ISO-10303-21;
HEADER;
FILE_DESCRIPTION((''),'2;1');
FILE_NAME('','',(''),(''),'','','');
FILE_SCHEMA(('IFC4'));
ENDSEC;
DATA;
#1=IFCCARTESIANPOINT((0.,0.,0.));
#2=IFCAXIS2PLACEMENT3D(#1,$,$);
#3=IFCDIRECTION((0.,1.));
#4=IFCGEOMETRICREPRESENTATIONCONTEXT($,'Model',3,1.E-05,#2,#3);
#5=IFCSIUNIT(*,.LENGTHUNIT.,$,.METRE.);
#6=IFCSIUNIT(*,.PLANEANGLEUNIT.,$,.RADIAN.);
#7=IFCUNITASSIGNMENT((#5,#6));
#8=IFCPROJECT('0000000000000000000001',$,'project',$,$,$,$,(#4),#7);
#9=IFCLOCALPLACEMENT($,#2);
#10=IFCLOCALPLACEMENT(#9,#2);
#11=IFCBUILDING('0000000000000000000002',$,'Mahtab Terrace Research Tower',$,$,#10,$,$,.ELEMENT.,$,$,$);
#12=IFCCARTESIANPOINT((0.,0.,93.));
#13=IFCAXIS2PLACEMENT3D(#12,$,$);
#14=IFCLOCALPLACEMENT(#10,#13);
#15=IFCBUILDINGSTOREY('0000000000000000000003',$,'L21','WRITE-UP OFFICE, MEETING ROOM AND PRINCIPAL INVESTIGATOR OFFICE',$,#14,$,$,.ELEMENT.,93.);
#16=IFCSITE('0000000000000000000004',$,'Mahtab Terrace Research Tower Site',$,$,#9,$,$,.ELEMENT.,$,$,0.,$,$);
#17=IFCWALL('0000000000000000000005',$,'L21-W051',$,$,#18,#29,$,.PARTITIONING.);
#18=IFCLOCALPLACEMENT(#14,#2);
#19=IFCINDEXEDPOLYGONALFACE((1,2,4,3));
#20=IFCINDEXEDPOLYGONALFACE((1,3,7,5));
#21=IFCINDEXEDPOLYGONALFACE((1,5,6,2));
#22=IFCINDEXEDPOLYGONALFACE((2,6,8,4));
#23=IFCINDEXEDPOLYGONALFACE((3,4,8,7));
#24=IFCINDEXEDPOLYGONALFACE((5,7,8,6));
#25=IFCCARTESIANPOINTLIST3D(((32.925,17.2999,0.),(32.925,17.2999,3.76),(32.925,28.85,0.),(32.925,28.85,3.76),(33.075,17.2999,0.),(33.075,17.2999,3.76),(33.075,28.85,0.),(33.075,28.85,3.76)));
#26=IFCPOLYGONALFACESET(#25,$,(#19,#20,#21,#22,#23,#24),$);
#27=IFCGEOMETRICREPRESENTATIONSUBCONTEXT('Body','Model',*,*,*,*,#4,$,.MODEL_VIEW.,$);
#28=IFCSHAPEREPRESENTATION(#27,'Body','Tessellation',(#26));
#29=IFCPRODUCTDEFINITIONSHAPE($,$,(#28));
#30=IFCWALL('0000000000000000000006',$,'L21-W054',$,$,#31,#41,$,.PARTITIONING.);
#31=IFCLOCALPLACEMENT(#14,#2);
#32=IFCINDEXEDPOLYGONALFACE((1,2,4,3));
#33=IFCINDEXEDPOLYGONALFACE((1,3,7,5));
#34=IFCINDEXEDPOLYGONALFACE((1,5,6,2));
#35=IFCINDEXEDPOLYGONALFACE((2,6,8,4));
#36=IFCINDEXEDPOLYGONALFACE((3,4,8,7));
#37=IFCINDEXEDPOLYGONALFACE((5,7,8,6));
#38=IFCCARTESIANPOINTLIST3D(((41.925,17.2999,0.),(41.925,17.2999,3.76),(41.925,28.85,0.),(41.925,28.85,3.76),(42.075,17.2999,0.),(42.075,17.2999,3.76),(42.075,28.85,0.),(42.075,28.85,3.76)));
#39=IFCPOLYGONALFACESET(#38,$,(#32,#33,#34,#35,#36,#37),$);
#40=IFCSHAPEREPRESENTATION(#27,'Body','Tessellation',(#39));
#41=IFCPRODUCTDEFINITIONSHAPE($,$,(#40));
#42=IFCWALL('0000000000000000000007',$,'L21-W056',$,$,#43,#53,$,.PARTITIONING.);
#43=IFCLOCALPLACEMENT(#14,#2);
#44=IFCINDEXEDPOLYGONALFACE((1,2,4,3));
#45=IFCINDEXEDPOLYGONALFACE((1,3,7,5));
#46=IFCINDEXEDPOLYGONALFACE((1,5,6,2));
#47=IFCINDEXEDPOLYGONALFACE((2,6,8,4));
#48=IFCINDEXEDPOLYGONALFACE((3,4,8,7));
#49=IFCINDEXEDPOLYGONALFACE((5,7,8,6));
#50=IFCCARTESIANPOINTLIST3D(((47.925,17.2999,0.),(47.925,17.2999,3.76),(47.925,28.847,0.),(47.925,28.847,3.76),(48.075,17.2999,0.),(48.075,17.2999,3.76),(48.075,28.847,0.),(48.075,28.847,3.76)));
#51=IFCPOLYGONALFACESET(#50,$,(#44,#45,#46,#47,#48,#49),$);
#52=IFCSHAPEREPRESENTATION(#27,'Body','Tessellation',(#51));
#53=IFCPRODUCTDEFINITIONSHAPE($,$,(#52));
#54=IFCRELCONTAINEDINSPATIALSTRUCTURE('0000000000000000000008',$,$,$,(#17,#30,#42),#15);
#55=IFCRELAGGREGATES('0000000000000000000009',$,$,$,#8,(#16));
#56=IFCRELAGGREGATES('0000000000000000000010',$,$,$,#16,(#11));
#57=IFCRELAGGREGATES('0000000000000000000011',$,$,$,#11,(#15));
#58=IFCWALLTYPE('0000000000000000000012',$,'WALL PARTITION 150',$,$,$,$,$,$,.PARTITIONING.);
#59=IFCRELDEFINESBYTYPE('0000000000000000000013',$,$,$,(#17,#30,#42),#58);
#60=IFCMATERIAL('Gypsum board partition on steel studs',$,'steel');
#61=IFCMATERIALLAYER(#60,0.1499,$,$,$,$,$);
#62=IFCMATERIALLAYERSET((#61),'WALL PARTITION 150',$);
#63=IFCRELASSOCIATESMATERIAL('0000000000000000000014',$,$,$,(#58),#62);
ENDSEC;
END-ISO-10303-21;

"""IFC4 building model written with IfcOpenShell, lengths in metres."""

from ifc_helpers import new_model, si_unit, direction, frame, frame_2d, origin, place, context, subcontext, project, spatial, rectangle, extrude, material, layer, layer_set, type_object, element, save


model = new_model("IFC4")

# Units and contexts
model_context = context("Model", 3, precision=1e-05, world=origin(), true_north=direction((0.0, 1.0)))
body_context = subcontext(model_context, "Body", "Model", "MODEL_VIEW")
ifc_project = project(units=[si_unit("LENGTHUNIT", "METRE"), si_unit("PLANEANGLEUNIT", "RADIAN")], contexts=[model_context])

# Site, building, storey
site_placement = place(None, origin())
site = spatial("IfcSite", under=ifc_project, at=site_placement, Name="Mahtab Terrace Research Tower Site", CompositionType="ELEMENT", RefElevation=0.0)
building_placement = place(site_placement, origin())
building = spatial("IfcBuilding", under=site, at=building_placement, Name="Mahtab Terrace Research Tower", CompositionType="ELEMENT")
storey_placement = place(building_placement, frame((0.0, 0.0, 93.0)))
storey = spatial("IfcBuildingStorey", under=building, at=storey_placement, Name="L21", Description="WRITE-UP OFFICE, MEETING ROOM AND PRINCIPAL INVESTIGATOR OFFICE", CompositionType="ELEMENT", Elevation=93.0)

# Walls
ifc_material_1 = material(Name="Gypsum board partition on steel studs", Category="steel")
ifc_layer_1 = layer(ifc_material_1, 0.1499)
ifc_layer_set_1 = layer_set([ifc_layer_1], Name="WALL PARTITION 150")
wall_type_1 = type_object("IfcWallType", Name="WALL PARTITION 150", PredefinedType="PARTITIONING", material=ifc_layer_set_1)
for number, where, z_axis, x_axis, name in (
    (1, (33.0, 17.3, 0.0), (0.0, 0.0, 1.0), (0.0, 1.0, 0.0), "L21-W051"),
    (2, (42.0, 17.3, 0.0), (0.0, 0.0, 1.0), (0.0, 1.0, 0.0), "L21-W054"),
):
    element("IfcWall", number, at=place(storey_placement, frame(where, z_axis=z_axis, x_axis=x_axis)), inside=storey, type_object=wall_type_1, Name=name, PredefinedType="PARTITIONING", context=body_context, shape_type="SweptSolid", body=[
        extrude(rectangle(XDim=11.55, YDim=0.1499, at=frame_2d((5.7749, 0.0))), origin(), (0.0, 0.0, 1.0), 3.76),
    ])
wall_1_placement = place(storey_placement, frame((48.0, 17.3, 0.0), z_axis=(0.0, 0.0, 1.0), x_axis=(0.0, 1.0, 0.0)))
element("IfcWall", 3, at=wall_1_placement, inside=storey, type_object=wall_type_1, Name="L21-W056", PredefinedType="PARTITIONING", context=body_context, shape_type="SweptSolid", body=[
    extrude(rectangle(XDim=11.5471, YDim=0.1499, at=frame_2d((5.7734, 0.0))), origin(), (0.0, 0.0, 1.0), 3.76),
])

save(model, "model.ifc")
